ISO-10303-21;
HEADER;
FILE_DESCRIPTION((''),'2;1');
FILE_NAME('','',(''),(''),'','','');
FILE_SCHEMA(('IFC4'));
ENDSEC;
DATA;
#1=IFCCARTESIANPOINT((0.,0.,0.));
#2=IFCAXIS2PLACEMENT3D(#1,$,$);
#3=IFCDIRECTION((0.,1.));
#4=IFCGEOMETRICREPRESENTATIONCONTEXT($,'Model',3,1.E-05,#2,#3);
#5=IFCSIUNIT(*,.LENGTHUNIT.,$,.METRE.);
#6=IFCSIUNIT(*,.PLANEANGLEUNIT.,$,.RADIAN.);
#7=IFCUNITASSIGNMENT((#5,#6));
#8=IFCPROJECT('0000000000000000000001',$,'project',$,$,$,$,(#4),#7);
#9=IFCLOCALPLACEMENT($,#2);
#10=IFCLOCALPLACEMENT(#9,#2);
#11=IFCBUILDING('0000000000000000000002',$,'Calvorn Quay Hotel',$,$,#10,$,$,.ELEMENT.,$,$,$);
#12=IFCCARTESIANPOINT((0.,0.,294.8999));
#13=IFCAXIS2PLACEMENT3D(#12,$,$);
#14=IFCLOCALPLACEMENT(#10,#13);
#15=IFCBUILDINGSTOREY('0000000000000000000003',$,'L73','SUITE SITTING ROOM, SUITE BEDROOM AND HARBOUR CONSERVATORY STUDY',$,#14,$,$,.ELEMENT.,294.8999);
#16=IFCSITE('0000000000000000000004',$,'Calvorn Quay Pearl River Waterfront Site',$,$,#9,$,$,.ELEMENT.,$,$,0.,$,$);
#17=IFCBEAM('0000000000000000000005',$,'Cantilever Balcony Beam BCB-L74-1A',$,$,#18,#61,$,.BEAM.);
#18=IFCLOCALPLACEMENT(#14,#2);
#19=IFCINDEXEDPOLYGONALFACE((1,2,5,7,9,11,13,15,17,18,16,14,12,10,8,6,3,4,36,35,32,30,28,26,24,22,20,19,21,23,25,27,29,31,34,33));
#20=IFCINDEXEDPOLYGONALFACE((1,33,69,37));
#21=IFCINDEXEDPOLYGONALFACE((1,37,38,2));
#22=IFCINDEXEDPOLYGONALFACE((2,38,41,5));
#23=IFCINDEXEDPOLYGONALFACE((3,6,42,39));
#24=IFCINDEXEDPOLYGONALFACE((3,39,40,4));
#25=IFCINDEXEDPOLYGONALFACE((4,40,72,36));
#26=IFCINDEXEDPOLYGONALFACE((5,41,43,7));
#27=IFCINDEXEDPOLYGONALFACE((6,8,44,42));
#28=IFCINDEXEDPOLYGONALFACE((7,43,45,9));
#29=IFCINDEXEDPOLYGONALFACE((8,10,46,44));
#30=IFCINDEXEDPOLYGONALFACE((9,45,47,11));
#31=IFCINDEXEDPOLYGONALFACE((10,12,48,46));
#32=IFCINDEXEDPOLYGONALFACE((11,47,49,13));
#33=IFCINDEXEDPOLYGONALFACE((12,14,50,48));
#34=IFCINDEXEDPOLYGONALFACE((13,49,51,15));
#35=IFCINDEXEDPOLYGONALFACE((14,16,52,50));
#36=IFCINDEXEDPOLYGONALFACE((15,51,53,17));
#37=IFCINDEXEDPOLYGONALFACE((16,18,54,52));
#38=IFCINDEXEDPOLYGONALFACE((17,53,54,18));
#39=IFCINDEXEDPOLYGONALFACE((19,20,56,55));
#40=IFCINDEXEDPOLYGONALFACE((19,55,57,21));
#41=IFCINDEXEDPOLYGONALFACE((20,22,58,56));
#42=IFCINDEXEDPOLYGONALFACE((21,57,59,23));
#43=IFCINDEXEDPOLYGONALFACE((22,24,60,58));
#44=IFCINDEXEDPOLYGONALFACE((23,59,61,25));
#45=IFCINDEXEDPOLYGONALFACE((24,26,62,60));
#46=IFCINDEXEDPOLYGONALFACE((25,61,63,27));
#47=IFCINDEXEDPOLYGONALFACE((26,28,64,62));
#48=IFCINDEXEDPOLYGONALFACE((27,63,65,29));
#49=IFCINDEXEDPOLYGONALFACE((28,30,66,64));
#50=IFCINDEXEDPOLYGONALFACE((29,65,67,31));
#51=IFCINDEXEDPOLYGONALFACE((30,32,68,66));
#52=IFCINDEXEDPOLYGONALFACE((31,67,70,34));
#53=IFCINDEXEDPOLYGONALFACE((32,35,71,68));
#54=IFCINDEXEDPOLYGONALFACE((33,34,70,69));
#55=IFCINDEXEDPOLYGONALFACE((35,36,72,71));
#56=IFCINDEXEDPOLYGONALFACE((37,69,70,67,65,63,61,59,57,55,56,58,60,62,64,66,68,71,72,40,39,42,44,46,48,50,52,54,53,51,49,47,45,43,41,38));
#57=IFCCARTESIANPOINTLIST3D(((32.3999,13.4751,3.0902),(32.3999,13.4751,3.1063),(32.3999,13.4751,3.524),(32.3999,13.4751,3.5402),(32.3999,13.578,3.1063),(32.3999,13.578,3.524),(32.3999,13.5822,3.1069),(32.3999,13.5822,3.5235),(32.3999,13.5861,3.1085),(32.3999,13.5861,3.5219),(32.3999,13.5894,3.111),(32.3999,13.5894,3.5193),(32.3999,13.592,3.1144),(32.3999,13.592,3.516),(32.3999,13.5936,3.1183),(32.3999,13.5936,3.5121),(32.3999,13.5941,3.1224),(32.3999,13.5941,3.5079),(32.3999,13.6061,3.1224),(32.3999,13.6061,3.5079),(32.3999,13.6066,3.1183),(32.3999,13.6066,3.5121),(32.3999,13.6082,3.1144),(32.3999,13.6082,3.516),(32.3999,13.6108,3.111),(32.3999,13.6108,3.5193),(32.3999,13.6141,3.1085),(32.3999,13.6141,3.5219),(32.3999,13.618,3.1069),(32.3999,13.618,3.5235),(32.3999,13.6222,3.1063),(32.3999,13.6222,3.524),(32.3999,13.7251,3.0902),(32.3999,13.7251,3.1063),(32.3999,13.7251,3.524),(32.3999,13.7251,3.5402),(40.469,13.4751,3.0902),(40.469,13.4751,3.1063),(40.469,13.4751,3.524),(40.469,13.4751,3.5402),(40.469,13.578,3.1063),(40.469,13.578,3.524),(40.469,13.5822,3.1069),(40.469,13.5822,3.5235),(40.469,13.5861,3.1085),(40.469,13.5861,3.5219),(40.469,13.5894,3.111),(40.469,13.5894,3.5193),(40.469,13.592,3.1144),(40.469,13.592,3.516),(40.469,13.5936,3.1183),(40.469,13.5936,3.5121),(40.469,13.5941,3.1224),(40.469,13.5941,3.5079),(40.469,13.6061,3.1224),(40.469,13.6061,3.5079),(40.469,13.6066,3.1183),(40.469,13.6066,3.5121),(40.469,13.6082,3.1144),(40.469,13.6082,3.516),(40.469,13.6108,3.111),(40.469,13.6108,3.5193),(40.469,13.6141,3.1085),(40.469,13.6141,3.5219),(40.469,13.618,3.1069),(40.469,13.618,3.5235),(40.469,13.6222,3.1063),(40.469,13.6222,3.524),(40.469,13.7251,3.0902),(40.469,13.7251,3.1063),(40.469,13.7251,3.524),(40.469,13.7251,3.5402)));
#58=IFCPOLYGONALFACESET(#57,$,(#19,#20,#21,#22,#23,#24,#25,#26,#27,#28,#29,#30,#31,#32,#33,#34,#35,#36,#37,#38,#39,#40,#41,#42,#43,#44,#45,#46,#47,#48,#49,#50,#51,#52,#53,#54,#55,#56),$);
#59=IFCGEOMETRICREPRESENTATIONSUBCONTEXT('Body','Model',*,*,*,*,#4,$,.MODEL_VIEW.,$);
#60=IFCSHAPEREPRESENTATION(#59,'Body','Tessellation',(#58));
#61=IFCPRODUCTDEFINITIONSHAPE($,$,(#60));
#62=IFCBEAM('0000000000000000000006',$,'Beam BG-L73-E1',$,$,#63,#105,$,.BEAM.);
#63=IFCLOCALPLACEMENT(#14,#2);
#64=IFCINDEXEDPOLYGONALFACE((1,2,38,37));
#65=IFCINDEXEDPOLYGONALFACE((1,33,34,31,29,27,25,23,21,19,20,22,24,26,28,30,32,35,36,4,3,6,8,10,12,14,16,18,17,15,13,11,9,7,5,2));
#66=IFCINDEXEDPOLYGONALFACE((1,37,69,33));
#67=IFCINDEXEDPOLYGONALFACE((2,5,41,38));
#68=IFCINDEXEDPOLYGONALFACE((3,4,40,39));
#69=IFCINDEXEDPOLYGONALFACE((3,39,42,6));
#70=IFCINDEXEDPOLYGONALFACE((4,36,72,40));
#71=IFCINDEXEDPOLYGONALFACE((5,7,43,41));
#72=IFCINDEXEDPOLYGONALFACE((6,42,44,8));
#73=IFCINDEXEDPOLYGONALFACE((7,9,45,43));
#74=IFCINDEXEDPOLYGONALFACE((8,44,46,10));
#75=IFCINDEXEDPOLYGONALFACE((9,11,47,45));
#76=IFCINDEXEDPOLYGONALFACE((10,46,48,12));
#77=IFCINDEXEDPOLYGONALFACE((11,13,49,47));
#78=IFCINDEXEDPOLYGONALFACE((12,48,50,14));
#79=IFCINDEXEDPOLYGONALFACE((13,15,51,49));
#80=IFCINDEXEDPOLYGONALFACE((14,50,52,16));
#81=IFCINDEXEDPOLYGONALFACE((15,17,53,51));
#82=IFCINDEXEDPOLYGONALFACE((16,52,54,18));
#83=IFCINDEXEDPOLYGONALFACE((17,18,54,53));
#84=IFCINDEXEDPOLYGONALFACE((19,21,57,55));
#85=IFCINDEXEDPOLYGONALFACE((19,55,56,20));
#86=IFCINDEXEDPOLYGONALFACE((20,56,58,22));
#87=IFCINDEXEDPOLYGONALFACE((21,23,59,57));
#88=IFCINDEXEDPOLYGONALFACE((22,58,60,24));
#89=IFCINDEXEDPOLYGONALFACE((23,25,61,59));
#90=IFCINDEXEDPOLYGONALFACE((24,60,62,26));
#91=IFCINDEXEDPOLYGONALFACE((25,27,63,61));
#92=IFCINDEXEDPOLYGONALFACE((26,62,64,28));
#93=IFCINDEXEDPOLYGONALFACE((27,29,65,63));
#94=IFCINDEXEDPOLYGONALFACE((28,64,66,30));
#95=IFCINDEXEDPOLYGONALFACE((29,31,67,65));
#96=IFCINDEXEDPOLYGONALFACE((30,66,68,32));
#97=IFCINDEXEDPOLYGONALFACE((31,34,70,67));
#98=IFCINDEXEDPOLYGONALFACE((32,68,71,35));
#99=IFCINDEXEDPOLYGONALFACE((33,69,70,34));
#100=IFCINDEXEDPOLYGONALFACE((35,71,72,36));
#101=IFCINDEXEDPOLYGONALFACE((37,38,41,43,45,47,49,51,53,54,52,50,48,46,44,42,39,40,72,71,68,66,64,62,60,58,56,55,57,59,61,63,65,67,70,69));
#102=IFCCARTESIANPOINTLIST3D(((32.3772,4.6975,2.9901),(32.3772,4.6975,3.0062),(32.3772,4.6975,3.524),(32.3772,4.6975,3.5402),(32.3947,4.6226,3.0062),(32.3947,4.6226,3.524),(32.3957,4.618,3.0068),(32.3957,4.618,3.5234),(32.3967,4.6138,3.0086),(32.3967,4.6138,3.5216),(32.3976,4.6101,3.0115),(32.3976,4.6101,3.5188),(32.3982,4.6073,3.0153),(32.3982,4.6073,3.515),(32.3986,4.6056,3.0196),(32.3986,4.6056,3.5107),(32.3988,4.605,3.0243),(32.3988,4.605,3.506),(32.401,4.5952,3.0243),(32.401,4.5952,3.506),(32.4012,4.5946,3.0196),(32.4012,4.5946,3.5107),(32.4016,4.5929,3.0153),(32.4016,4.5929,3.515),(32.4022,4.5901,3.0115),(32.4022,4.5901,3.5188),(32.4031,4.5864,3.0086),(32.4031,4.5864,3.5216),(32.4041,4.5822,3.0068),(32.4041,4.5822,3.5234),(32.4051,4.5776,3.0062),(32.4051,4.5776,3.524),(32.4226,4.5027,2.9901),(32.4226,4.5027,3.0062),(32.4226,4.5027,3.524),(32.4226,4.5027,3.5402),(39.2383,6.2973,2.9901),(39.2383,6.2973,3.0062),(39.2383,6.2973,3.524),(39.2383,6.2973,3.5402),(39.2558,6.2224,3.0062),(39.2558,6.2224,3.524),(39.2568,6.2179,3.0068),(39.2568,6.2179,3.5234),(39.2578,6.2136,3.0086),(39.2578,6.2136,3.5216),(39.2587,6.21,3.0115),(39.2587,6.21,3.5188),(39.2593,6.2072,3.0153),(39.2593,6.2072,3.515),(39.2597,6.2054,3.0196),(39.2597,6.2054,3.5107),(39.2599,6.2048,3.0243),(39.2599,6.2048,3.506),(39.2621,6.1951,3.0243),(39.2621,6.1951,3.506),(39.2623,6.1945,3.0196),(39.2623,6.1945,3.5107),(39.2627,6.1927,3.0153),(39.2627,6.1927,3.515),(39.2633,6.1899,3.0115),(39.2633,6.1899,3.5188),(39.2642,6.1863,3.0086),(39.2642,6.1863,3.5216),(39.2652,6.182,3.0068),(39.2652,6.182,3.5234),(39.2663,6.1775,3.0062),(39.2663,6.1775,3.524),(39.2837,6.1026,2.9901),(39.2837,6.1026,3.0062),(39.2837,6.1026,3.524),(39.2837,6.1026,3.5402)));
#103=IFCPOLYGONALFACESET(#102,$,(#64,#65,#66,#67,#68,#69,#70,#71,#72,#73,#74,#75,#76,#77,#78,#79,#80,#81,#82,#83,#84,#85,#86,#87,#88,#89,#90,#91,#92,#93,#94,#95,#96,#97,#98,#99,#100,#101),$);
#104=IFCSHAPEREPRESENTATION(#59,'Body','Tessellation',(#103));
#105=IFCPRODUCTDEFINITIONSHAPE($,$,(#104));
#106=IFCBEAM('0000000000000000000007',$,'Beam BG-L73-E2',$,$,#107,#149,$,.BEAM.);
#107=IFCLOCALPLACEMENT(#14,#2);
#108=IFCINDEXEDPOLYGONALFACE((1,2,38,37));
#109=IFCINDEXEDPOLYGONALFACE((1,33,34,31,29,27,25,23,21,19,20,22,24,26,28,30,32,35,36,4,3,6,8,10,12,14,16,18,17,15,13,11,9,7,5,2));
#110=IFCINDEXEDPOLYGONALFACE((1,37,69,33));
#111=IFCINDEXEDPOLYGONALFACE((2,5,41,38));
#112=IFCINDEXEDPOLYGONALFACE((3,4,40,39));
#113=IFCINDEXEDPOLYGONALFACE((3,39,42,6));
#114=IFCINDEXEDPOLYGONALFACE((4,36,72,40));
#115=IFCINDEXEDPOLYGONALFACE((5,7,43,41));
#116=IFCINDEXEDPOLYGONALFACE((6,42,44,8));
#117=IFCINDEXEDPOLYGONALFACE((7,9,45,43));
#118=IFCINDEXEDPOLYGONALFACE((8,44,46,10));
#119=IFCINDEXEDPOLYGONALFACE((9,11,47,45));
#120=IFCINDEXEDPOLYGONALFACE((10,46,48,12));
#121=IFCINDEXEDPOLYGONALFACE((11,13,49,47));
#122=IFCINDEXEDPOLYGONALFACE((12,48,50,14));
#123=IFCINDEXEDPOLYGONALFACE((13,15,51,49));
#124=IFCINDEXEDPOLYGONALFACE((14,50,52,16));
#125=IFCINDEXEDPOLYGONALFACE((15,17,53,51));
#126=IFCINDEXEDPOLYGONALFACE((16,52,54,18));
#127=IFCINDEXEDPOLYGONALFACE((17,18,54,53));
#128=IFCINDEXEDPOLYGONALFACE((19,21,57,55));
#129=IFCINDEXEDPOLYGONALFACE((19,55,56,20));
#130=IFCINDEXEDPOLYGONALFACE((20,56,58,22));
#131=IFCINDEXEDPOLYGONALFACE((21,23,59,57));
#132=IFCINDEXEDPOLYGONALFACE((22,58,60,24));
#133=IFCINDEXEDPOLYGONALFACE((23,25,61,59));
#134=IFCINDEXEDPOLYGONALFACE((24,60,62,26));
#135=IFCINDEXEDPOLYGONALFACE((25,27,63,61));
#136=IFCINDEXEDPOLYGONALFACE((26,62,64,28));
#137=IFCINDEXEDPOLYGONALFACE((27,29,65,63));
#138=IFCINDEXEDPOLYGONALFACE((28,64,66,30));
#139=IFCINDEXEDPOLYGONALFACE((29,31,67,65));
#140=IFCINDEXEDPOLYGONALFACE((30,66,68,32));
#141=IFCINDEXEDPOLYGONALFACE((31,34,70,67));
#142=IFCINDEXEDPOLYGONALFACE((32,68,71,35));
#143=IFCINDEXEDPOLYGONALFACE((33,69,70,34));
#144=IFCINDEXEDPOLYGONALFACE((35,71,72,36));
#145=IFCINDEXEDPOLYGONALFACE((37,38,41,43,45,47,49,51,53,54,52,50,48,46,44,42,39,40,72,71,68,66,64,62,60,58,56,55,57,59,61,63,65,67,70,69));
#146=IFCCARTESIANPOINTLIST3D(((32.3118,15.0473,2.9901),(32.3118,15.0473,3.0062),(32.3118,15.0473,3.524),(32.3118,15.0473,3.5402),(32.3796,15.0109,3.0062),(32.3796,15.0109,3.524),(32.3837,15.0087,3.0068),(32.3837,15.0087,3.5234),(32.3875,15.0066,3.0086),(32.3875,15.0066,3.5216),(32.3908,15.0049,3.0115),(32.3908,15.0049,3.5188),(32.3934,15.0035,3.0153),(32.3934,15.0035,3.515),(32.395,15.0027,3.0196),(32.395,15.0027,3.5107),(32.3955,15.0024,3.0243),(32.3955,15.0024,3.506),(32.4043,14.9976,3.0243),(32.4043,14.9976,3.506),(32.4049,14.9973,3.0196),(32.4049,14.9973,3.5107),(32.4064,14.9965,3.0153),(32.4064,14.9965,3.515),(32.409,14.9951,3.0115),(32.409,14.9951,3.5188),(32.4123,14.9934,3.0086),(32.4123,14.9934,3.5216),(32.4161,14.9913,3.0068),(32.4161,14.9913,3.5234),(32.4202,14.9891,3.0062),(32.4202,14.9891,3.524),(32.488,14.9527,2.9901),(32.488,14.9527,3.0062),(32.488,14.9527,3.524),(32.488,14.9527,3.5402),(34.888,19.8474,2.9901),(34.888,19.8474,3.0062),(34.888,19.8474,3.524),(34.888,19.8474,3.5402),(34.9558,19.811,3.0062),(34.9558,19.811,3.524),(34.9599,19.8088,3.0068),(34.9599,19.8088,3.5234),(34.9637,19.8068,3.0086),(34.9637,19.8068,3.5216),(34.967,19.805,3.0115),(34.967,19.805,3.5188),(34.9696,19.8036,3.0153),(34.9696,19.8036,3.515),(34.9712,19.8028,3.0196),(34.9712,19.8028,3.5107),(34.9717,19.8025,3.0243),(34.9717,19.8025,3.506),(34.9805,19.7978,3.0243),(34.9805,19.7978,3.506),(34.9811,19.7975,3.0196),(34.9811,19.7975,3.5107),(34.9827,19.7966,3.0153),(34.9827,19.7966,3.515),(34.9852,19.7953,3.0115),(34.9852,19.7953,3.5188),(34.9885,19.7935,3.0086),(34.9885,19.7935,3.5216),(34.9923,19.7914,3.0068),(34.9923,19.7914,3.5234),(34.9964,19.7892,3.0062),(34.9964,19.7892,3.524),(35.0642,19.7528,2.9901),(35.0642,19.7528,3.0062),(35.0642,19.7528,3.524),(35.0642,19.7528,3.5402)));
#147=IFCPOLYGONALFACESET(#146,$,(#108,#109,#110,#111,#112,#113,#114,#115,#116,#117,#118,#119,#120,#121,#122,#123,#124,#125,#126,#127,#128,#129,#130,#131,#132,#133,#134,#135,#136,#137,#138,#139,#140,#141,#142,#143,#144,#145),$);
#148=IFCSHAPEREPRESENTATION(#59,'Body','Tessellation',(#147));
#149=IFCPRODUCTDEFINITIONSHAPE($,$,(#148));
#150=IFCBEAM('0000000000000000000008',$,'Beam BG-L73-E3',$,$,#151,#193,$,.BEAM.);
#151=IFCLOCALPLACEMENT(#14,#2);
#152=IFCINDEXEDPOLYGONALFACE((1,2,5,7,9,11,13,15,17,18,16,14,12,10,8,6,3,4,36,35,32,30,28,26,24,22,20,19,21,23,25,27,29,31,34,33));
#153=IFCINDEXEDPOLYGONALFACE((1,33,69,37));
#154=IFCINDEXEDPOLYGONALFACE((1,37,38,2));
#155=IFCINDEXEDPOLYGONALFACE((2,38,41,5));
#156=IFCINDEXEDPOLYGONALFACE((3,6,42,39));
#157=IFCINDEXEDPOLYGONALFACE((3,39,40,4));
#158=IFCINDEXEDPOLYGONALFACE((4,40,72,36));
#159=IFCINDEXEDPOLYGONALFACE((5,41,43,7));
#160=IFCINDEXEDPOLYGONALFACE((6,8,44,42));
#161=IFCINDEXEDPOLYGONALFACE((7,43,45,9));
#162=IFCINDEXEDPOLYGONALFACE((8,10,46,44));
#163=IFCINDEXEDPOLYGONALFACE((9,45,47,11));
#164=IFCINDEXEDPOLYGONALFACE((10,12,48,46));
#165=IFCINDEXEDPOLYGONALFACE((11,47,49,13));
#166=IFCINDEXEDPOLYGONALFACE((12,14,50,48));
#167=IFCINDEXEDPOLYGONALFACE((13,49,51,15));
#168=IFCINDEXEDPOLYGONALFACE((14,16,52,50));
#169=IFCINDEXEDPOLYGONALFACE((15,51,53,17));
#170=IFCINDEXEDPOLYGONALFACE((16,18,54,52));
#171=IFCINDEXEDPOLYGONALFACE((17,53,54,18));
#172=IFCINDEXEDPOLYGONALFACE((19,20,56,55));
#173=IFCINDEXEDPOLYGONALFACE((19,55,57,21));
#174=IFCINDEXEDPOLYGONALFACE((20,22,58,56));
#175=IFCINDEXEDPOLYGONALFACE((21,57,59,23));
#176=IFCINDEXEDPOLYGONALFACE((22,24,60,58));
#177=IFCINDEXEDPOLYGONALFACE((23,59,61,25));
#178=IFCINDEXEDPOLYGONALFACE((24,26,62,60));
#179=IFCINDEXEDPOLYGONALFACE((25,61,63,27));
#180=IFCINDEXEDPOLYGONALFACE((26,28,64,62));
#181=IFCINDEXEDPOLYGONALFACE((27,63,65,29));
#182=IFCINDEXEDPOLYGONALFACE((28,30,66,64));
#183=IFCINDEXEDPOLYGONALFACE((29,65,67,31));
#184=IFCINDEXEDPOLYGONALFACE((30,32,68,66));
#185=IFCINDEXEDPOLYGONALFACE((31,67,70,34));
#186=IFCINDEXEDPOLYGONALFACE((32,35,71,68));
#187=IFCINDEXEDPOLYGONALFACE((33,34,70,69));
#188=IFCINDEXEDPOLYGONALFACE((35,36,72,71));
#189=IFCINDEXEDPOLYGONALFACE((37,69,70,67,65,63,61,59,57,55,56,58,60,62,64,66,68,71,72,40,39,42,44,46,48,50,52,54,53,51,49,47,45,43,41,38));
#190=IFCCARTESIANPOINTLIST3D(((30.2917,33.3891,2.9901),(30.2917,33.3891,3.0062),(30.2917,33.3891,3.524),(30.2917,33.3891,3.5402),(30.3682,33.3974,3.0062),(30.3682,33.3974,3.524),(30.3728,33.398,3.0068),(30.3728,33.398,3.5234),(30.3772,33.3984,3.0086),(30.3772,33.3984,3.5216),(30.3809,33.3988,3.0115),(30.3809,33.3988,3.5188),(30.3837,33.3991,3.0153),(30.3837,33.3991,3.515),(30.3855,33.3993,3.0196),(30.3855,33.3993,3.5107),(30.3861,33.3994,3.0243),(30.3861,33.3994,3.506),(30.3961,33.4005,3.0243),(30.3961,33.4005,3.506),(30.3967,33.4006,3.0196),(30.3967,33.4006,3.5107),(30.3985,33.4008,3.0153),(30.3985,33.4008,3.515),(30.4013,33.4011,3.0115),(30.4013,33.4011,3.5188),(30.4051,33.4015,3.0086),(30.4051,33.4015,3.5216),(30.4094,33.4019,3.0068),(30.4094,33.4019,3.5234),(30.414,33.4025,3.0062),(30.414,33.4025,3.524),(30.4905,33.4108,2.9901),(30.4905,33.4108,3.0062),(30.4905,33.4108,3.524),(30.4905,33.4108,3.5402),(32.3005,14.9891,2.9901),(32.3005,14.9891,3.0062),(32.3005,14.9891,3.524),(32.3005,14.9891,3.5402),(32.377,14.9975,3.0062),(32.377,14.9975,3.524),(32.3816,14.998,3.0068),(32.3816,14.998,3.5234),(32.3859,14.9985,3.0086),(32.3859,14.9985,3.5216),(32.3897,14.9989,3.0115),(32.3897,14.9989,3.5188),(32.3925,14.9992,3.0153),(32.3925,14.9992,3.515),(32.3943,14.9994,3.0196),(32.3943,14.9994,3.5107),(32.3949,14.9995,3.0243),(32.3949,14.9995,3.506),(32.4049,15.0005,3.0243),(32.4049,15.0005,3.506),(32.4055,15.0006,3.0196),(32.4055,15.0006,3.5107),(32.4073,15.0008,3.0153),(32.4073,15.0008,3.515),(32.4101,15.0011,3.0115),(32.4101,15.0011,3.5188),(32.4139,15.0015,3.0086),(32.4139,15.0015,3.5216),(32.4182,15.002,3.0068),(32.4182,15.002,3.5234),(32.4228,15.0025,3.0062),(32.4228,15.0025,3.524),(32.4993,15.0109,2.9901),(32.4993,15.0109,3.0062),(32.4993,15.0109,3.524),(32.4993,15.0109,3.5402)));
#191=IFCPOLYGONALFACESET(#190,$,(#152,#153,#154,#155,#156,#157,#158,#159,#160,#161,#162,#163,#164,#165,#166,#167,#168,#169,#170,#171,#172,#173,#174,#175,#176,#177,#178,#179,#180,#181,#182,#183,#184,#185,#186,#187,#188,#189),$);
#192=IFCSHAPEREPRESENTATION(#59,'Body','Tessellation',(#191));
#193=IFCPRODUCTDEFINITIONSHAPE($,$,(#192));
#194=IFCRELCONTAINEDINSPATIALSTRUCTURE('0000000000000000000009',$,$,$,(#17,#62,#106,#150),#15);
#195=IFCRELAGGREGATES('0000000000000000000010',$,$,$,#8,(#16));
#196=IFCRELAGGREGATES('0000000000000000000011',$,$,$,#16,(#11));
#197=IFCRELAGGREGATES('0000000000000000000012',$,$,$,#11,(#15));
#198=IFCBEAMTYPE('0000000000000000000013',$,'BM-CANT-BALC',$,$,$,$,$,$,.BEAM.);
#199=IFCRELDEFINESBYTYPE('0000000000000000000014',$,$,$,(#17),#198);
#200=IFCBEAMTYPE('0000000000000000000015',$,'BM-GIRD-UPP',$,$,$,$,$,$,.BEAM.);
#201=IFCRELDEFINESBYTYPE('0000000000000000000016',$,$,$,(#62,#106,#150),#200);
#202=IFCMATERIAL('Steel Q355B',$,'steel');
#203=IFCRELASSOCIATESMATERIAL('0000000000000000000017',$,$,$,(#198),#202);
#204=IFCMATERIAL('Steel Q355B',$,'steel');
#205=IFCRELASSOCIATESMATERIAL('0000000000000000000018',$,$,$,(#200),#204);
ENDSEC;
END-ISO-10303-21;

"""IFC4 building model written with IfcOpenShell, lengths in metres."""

from ifc_helpers import new_model, si_unit, direction, frame, origin, origin_2d, place, context, subcontext, project, spatial, i_section, extrude, material, material_profile, profile_set, type_object, element, save


model = new_model("IFC4")

# Units and contexts
model_context = context("Model", 3, precision=1e-05, world=origin(), true_north=direction((0.0, 1.0)))
body_context = subcontext(model_context, "Body", "Model", "MODEL_VIEW")
ifc_project = project(units=[si_unit("LENGTHUNIT", "METRE"), si_unit("PLANEANGLEUNIT", "RADIAN")], contexts=[model_context])

# Site, building, storey
site_placement = place(None, origin())
site = spatial("IfcSite", under=ifc_project, at=site_placement, Name="Calvorn Quay Pearl River Waterfront Site", CompositionType="ELEMENT", RefElevation=0.0)
building_placement = place(site_placement, origin())
building = spatial("IfcBuilding", under=site, at=building_placement, Name="Calvorn Quay Hotel", CompositionType="ELEMENT")
storey_placement = place(building_placement, frame((0.0, 0.0, 294.8999)))
storey = spatial("IfcBuildingStorey", under=building, at=storey_placement, Name="L73", Description="SUITE SITTING ROOM, SUITE BEDROOM AND HARBOUR CONSERVATORY STUDY", CompositionType="ELEMENT", Elevation=294.8999)

# Beams
ifc_material_1 = material(Name="Steel Q355B", Category="steel")
ifc_material_profile_1 = material_profile(ifc_material_1, i_section(OverallWidth=0.25, OverallDepth=0.45, WebThickness=0.012, FlangeThickness=0.0161, FilletRadius=0.0161, at=origin_2d()), Name="HN450x250x12x16")
ifc_profile_set_1 = profile_set([ifc_material_profile_1], Name="Steel Q355B")
beam_type_1 = type_object("IfcBeamType", Name="BM-CANT-BALC", PredefinedType="BEAM", material=ifc_profile_set_1)
beam_1_placement = place(storey_placement, frame((32.3999, 13.6001, 3.3152), z_axis=(1.0, 0.0, 0.0), x_axis=(0.0, 1.0, 0.0)))
element("IfcBeam", 1, at=beam_1_placement, inside=storey, type_object=beam_type_1, Name="Cantilever Balcony Beam BCB-L74-1A", PredefinedType="BEAM", context=body_context, shape_type="SweptSolid", body=[
    extrude(i_section(OverallWidth=0.25, OverallDepth=0.45, WebThickness=0.012, FlangeThickness=0.0161, FilletRadius=0.0161, at=origin_2d()), origin(), (0.0, 0.0, 1.0), 8.0691),
])
ifc_material_2 = material(Name="Steel Q355B", Category="steel")
ifc_material_profile_2 = material_profile(ifc_material_2, i_section(OverallWidth=0.2, OverallDepth=0.55, WebThickness=0.01, FlangeThickness=0.0161, FilletRadius=0.0181, at=origin_2d()), Name="HN550x200x10x16")
ifc_profile_set_2 = profile_set([ifc_material_profile_2], Name="Steel Q355B")
beam_type_2 = type_object("IfcBeamType", Name="BM-GIRD-UPP", PredefinedType="BEAM", material=ifc_profile_set_2)
beam_2_placement = place(storey_placement, frame((32.3999, 4.6001, 3.2651), z_axis=(0.973875, 0.227086, 0.0), x_axis=(-0.227086, 0.973875, 0.0)))
element("IfcBeam", 2, at=beam_2_placement, inside=storey, type_object=beam_type_2, Name="Beam BG-L73-E1", PredefinedType="BEAM", context=body_context, shape_type="SweptSolid", body=[
    extrude(i_section(OverallWidth=0.2, OverallDepth=0.55, WebThickness=0.01, FlangeThickness=0.0161, FilletRadius=0.0181, at=origin_2d()), origin(), (0.0, 0.0, 1.0), 7.0452),
])
beam_3_placement = place(storey_placement, frame((32.3999, 15.0, 3.2651), z_axis=(0.472894, 0.881119, 0.0), x_axis=(-0.881119, 0.472894, 0.0)))
element("IfcBeam", 3, at=beam_3_placement, inside=storey, type_object=beam_type_2, Name="Beam BG-L73-E2", PredefinedType="BEAM", context=body_context, shape_type="SweptSolid", body=[
    extrude(i_section(OverallWidth=0.2, OverallDepth=0.55, WebThickness=0.01, FlangeThickness=0.0161, FilletRadius=0.0181, at=origin_2d()), origin(), (0.0, 0.0, 1.0), 5.4478),
])
beam_4_placement = place(storey_placement, frame((32.3999, 15.0, 3.2651), z_axis=(-0.108529, 0.994093, 0.0), x_axis=(-0.994093, -0.108529, 0.0)))
element("IfcBeam", 4, at=beam_4_placement, inside=storey, type_object=beam_type_2, Name="Beam BG-L73-E3", PredefinedType="BEAM", context=body_context, shape_type="SweptSolid", body=[
    extrude(i_section(OverallWidth=0.2, OverallDepth=0.55, WebThickness=0.01, FlangeThickness=0.0161, FilletRadius=0.0181, at=origin_2d()), origin(), (0.0, 0.0, 1.0), 18.5093),
])

save(model, "model.ifc")
